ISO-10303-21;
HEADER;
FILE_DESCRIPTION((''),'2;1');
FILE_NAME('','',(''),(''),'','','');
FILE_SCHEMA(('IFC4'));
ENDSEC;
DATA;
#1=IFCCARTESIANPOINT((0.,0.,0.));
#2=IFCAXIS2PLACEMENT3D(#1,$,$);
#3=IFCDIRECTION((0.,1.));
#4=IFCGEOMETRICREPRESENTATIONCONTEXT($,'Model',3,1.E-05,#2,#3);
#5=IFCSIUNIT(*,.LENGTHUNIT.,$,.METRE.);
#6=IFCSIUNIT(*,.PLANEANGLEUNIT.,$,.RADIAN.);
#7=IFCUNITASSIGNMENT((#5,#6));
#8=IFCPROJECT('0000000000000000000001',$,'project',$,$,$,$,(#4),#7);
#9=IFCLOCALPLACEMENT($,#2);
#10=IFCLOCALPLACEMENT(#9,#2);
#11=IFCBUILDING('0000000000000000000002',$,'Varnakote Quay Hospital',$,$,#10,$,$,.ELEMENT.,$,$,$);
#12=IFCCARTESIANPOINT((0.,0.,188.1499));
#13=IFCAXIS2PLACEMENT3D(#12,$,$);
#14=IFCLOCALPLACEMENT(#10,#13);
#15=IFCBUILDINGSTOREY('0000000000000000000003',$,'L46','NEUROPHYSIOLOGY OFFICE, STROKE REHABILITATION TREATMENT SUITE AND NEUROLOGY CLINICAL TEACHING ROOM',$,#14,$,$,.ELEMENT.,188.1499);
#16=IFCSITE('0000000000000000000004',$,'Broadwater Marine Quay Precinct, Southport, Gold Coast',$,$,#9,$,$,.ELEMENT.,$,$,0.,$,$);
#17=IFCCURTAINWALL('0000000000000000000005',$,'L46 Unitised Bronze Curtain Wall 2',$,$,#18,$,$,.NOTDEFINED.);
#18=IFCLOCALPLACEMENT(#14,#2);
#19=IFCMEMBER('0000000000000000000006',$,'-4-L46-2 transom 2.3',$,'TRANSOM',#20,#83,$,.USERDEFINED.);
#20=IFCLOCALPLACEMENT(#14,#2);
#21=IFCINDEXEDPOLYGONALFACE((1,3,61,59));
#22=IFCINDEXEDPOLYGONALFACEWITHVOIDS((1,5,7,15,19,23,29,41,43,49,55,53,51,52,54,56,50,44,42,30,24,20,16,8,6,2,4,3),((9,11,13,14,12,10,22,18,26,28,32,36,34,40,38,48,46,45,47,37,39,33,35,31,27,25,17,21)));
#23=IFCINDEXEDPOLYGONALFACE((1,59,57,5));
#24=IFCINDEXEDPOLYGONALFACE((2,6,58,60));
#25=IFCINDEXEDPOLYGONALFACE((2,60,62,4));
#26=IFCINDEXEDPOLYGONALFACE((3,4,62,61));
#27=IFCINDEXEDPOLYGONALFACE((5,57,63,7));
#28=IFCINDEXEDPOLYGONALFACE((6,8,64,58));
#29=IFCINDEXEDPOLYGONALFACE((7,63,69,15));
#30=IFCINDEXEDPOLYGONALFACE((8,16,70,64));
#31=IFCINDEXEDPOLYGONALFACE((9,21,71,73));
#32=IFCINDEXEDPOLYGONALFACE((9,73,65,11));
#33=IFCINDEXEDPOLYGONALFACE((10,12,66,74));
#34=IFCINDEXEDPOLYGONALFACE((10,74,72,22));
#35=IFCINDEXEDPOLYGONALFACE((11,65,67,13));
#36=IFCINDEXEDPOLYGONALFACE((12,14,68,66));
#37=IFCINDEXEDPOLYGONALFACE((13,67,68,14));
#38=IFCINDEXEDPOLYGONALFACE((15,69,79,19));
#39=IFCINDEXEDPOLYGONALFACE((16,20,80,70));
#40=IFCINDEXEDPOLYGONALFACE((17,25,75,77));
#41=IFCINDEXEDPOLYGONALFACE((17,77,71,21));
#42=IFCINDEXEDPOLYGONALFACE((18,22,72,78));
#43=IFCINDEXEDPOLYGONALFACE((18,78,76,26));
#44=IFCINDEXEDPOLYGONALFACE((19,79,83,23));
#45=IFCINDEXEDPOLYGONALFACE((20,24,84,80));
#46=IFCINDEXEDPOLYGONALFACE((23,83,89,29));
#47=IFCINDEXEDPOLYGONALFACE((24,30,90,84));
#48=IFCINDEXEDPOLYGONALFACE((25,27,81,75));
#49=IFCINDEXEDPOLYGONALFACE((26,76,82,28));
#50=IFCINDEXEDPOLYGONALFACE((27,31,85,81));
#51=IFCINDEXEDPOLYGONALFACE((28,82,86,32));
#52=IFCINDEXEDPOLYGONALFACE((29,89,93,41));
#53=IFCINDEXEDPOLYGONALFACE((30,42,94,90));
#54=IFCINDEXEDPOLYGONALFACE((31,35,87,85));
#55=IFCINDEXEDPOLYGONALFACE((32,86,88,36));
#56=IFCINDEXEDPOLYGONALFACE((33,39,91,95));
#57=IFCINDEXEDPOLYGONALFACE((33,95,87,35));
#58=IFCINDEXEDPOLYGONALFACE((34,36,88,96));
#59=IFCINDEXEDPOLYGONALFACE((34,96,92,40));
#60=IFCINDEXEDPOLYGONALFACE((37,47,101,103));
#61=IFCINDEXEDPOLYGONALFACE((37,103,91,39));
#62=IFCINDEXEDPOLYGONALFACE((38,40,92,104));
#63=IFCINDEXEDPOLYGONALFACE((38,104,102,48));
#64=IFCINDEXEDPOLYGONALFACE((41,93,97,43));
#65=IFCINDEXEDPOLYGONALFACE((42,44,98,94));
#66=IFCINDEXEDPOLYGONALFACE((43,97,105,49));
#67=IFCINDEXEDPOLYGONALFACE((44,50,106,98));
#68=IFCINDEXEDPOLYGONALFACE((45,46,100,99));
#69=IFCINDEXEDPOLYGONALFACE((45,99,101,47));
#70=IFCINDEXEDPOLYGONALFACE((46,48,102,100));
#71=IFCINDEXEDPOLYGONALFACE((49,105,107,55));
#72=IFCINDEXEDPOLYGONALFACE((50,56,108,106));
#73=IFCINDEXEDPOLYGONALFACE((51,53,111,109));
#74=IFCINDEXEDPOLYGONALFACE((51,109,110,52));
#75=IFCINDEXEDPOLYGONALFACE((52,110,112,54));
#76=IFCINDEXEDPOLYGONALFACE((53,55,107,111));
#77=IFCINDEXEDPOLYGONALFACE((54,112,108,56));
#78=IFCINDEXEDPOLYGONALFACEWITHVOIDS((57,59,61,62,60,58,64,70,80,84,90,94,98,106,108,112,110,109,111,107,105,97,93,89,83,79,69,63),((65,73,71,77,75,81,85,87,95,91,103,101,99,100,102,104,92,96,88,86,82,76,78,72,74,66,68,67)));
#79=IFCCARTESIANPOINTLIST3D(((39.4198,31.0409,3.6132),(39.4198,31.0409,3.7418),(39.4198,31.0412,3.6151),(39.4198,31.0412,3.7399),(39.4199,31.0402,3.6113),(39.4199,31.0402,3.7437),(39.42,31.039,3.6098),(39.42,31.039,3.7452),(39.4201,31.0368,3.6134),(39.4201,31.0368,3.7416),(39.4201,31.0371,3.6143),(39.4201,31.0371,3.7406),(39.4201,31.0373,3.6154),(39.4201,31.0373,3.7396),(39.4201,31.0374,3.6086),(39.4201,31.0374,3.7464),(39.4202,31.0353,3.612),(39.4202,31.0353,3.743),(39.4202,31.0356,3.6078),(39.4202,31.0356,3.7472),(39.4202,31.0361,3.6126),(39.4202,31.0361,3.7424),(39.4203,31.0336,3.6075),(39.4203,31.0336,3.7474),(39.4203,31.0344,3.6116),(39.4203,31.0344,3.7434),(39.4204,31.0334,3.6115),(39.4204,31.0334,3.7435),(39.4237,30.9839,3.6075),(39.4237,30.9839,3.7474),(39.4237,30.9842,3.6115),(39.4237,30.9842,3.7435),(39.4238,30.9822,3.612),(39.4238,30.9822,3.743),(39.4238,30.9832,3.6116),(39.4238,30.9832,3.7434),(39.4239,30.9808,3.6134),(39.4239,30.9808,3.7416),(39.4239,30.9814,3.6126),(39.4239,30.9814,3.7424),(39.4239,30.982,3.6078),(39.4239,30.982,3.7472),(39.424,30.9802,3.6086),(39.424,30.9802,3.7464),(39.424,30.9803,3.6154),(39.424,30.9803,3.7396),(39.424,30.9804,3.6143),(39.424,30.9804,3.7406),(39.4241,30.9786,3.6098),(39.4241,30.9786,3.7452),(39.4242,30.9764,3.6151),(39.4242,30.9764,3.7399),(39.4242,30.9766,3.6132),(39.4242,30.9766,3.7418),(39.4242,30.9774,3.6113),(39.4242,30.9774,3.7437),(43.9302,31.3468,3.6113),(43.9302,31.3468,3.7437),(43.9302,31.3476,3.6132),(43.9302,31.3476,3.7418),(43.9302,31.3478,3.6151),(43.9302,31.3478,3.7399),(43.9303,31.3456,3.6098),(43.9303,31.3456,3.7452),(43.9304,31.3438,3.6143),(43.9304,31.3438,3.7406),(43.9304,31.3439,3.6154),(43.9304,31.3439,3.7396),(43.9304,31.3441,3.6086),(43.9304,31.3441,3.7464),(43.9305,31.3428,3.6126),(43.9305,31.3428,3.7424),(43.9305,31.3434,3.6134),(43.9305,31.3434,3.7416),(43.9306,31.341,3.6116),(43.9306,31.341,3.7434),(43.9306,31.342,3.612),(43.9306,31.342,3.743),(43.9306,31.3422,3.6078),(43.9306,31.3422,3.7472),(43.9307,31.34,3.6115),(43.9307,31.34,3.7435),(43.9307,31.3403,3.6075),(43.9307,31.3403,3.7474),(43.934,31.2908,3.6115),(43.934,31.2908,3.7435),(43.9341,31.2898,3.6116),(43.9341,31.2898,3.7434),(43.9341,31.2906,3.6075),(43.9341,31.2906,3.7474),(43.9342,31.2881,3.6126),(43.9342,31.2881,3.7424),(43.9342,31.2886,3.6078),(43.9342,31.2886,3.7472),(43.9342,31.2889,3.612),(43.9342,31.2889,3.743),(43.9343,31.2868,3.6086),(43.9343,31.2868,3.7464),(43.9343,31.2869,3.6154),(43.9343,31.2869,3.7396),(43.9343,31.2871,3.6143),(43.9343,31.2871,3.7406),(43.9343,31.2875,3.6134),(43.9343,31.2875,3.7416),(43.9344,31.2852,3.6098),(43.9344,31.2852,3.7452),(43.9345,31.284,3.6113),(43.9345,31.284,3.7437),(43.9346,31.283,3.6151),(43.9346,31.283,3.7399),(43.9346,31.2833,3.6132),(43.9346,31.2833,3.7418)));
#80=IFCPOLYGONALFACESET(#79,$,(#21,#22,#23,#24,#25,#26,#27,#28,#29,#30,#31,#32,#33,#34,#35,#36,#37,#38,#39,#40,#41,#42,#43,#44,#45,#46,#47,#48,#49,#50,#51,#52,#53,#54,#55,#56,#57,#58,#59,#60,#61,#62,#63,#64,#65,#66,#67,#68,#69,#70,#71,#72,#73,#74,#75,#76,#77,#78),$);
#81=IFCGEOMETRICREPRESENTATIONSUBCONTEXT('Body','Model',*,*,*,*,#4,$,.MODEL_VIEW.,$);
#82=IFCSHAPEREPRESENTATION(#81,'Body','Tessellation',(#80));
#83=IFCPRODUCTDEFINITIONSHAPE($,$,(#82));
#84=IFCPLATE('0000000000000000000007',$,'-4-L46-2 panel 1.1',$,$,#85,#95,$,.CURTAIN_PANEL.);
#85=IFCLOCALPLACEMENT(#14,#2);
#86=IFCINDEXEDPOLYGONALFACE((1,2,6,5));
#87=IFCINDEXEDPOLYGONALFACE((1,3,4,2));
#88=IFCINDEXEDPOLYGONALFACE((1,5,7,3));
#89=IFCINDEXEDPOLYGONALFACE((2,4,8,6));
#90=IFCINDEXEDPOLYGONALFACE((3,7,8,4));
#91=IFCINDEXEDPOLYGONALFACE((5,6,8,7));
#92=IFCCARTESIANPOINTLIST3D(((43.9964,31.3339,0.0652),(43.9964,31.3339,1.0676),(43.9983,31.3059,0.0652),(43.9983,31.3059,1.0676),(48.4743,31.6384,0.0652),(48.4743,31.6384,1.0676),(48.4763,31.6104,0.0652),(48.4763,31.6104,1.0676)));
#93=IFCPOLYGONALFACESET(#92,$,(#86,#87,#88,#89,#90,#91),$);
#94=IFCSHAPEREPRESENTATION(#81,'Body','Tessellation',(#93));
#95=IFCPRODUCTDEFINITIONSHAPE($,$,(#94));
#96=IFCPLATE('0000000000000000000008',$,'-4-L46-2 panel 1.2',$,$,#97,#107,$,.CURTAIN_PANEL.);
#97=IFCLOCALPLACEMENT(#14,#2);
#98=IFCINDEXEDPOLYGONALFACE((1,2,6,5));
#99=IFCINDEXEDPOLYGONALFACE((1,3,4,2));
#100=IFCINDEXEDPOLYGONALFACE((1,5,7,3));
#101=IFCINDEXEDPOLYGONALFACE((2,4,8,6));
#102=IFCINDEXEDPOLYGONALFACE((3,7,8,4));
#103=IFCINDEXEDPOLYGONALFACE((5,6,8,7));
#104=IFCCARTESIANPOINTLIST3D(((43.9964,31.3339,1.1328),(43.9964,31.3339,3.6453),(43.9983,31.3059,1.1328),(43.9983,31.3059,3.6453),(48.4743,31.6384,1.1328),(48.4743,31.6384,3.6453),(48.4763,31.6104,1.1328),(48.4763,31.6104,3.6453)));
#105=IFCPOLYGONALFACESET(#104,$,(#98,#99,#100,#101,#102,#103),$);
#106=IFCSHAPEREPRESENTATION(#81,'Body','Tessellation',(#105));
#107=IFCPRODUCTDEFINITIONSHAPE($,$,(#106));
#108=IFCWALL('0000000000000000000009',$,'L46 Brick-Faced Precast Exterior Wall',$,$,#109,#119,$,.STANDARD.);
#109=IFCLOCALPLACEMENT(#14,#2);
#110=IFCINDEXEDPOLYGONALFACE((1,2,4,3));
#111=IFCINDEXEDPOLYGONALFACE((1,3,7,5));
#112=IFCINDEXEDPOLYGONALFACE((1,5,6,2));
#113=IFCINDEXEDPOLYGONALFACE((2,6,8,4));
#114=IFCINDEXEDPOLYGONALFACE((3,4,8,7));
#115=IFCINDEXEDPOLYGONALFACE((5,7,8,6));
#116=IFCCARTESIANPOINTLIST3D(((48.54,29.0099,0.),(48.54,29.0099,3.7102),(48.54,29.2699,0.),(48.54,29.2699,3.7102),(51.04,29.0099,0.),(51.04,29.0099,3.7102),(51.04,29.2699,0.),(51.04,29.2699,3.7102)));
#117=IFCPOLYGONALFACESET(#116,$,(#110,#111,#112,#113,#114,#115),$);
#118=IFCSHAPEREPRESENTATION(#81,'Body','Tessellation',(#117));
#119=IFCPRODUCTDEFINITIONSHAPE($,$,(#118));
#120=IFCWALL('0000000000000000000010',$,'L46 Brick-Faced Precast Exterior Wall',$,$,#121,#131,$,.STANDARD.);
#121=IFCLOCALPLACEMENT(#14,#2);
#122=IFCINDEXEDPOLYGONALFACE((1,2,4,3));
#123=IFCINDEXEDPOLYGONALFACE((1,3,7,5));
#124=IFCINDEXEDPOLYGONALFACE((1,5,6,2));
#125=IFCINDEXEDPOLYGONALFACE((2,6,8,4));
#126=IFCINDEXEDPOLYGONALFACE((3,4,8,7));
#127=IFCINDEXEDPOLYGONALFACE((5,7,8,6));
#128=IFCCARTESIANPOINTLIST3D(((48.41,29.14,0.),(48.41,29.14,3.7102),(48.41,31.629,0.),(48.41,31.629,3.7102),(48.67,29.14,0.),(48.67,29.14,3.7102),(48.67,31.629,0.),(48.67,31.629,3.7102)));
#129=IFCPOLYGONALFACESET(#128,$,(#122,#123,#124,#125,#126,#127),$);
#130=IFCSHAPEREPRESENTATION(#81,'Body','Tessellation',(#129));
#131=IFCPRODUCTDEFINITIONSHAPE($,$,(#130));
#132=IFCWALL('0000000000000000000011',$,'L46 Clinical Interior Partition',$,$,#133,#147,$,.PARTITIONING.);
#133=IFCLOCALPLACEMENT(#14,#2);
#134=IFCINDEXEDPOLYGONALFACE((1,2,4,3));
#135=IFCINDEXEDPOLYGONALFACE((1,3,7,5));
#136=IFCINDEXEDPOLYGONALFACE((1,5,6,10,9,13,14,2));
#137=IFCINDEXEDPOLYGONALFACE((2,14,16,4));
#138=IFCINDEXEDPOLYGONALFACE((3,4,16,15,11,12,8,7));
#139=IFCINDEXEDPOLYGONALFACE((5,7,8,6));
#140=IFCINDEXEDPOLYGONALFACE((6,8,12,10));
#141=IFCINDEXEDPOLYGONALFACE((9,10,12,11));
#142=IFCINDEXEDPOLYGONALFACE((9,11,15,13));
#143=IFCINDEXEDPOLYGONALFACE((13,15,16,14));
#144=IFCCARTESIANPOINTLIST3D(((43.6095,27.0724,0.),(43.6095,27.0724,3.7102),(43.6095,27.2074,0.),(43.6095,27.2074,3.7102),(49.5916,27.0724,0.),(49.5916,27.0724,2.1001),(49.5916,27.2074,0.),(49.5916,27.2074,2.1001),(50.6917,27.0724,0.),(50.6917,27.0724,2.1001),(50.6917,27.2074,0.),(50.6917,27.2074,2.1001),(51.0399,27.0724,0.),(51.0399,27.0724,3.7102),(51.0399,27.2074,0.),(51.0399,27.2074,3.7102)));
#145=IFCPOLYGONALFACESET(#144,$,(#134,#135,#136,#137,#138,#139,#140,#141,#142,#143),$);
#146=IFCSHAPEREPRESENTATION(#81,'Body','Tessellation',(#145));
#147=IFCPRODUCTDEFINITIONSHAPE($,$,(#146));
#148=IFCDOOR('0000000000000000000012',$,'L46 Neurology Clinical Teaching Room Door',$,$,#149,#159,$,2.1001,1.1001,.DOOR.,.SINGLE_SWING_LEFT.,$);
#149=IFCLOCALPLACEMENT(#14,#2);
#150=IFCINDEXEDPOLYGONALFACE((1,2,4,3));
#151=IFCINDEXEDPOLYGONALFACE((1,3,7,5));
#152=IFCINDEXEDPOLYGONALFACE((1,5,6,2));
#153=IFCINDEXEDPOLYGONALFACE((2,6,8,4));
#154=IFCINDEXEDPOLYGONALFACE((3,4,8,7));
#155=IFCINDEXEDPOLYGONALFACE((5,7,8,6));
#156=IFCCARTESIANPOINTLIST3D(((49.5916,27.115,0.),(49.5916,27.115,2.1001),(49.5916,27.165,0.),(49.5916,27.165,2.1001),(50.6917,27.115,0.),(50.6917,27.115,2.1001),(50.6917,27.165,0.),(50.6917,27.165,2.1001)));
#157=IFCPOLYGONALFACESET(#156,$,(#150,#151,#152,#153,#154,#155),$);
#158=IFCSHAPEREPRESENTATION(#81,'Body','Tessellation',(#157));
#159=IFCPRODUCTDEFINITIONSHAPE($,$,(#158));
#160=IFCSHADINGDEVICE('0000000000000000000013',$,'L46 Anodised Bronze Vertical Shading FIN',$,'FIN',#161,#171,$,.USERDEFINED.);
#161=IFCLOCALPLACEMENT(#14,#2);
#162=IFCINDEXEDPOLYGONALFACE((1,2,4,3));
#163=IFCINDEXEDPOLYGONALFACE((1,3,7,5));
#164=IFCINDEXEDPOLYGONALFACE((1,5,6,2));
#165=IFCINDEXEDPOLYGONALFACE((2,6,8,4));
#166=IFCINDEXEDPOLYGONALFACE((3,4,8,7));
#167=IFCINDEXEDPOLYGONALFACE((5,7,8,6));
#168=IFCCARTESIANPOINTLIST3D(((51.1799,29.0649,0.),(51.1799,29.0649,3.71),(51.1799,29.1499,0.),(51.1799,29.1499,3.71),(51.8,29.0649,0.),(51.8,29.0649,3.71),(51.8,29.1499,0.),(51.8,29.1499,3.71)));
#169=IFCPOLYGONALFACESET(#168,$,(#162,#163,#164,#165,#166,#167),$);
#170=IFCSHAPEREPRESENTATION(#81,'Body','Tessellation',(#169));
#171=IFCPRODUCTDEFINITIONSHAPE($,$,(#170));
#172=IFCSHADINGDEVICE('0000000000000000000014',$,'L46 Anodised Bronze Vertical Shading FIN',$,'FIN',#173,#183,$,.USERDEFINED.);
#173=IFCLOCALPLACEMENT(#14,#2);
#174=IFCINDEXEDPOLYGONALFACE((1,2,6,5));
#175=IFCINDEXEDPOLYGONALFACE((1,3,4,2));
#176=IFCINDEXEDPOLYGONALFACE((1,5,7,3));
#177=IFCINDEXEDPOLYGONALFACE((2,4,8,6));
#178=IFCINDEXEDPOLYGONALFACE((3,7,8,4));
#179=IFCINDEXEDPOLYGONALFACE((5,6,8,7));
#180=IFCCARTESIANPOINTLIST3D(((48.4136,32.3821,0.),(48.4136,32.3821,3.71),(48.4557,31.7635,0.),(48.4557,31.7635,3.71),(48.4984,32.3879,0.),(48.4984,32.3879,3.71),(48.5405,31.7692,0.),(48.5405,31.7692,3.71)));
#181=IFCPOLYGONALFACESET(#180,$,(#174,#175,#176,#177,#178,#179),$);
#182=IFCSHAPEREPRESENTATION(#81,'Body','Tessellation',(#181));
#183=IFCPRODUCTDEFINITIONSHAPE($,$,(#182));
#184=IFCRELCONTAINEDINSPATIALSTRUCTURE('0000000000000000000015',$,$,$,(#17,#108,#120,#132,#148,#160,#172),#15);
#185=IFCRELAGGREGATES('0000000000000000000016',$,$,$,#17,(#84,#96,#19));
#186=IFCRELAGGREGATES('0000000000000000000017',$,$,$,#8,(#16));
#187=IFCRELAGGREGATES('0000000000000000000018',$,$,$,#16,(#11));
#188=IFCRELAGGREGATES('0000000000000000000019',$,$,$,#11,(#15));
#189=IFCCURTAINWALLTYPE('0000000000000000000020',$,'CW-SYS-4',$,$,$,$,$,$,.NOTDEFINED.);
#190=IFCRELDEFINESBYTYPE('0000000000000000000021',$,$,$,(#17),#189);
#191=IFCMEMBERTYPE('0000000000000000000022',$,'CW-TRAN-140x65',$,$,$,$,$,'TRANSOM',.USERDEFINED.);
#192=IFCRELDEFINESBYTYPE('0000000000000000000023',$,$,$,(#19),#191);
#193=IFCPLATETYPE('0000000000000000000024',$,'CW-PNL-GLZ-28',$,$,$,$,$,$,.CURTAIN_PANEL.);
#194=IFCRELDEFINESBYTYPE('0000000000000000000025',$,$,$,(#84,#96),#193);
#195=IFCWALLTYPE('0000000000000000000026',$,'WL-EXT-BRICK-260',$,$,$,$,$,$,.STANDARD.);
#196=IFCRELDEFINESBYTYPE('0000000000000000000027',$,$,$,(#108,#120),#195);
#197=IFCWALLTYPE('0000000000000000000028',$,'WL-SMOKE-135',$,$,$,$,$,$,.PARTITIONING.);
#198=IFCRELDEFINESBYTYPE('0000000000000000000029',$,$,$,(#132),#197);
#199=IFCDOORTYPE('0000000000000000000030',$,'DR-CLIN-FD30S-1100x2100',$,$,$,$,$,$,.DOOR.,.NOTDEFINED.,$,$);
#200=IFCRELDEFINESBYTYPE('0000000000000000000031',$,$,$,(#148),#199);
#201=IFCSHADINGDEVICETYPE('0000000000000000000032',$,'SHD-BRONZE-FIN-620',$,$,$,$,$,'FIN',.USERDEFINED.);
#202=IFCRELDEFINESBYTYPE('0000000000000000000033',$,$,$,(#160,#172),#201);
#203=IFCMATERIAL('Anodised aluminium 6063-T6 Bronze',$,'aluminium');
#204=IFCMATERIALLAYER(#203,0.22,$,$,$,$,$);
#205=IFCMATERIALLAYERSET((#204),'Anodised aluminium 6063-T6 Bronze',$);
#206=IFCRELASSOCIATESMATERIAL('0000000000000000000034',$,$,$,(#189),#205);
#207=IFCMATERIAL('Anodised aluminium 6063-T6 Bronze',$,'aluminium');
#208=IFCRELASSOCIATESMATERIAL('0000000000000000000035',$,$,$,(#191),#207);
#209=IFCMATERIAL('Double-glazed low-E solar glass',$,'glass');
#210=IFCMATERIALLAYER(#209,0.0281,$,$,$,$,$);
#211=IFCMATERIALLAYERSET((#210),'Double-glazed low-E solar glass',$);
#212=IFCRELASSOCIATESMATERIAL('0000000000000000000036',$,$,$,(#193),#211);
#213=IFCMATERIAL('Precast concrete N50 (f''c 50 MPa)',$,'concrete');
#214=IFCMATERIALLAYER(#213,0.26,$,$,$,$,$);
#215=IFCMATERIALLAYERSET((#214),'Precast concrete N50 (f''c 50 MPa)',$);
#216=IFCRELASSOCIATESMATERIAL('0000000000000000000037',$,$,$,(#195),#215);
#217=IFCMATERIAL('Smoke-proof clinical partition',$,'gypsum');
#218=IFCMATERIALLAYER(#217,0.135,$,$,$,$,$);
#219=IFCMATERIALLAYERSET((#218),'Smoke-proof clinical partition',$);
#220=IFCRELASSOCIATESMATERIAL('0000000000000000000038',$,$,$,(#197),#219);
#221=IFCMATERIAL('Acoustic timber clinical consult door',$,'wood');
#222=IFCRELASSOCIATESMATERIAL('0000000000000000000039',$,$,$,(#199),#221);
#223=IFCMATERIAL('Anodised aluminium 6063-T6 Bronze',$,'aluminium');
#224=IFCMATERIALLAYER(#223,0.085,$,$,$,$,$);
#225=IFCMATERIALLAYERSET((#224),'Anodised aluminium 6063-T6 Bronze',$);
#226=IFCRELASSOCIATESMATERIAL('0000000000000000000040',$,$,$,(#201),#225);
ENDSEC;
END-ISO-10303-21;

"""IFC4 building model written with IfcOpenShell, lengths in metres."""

from ifc_helpers import new_model, si_unit, direction, frame, frame_2d, origin, origin_2d, place, context, subcontext, project, spatial, rectangle, hollow_rectangle, extrude, material, layer, layer_set, material_profile, profile_set, type_object, element, fill, aggregate, save


model = new_model("IFC4")

# Units and contexts
model_context = context("Model", 3, precision=1e-05, world=origin(), true_north=direction((0.0, 1.0)))
body_context = subcontext(model_context, "Body", "Model", "MODEL_VIEW")
ifc_project = project(units=[si_unit("LENGTHUNIT", "METRE"), si_unit("PLANEANGLEUNIT", "RADIAN")], contexts=[model_context])

# Site, building, storey
site_placement = place(None, origin())
site = spatial("IfcSite", under=ifc_project, at=site_placement, Name="Broadwater Marine Quay Precinct, Southport, Gold Coast", CompositionType="ELEMENT", RefElevation=0.0)
building_placement = place(site_placement, origin())
building = spatial("IfcBuilding", under=site, at=building_placement, Name="Varnakote Quay Hospital", CompositionType="ELEMENT")
storey_placement = place(building_placement, frame((0.0, 0.0, 188.1499)))
storey = spatial("IfcBuildingStorey", under=building, at=storey_placement, Name="L46", Description="NEUROPHYSIOLOGY OFFICE, STROKE REHABILITATION TREATMENT SUITE AND NEUROLOGY CLINICAL TEACHING ROOM", CompositionType="ELEMENT", Elevation=188.1499)

# Shared definitions
ifc_material_1 = material(Name="Anodised aluminium 6063-T6 Bronze", Category="aluminium")
ifc_layer_1 = layer(ifc_material_1, 0.22)
ifc_layer_set_1 = layer_set([ifc_layer_1], Name="Anodised aluminium 6063-T6 Bronze")
curtain_wall_type = type_object("IfcCurtainWallType", Name="CW-SYS-4", PredefinedType="NOTDEFINED", material=ifc_layer_set_1)

# Curtain wall, member, plates
curtain_wall_1_placement = place(storey_placement, origin())
curtain_wall_1 = element("IfcCurtainWall", 1, at=curtain_wall_1_placement, inside=storey, type_object=curtain_wall_type, Name="L46 Unitised Bronze Curtain Wall 2", PredefinedType="NOTDEFINED")
ifc_material_2 = material(Name="Anodised aluminium 6063-T6 Bronze", Category="aluminium")
ifc_material_profile_1 = material_profile(ifc_material_2, hollow_rectangle(XDim=0.0649, YDim=0.1399, WallThickness=0.0039, InnerFilletRadius=0.0039, OuterFilletRadius=0.0076, at=origin_2d()), Name="CW-TRAN-140x65")
ifc_profile_set_1 = profile_set([ifc_material_profile_1], Name="Anodised aluminium 6063-T6 Bronze")
member_type_1 = type_object("IfcMemberType", Name="CW-TRAN-140x65", ElementType="TRANSOM", PredefinedType="USERDEFINED", material=ifc_profile_set_1)
member_1_placement = place(storey_placement, frame((43.9324, 31.3154, 3.6775), z_axis=(-0.997697, -0.067831, 0.0), x_axis=(0.067831, -0.997697, 0.0)))
member_1 = element("IfcMember", 2, at=member_1_placement, type_object=member_type_1, Name="-4-L46-2 transom 2.3", ObjectType="TRANSOM", PredefinedType="USERDEFINED", context=body_context, shape_type="SweptSolid", body=[
    extrude(hollow_rectangle(XDim=0.0649, YDim=0.1399, WallThickness=0.0039, InnerFilletRadius=0.0039, OuterFilletRadius=0.0076, at=origin_2d()), origin(), (0.0, 0.0, 1.0), 4.5208),
])
ifc_material_3 = material(Name="Double-glazed low-E solar glass", Category="glass")
ifc_layer_2 = layer(ifc_material_3, 0.0281)
ifc_layer_set_2 = layer_set([ifc_layer_2], Name="Double-glazed low-E solar glass")
plate_type = type_object("IfcPlateType", Name="CW-PNL-GLZ-28", PredefinedType="CURTAIN_PANEL", material=ifc_layer_set_2)
plate_1_placement = place(storey_placement, frame((46.2363, 31.4722, 0.0652), z_axis=(0.0, 0.0, 1.0), x_axis=(-0.997696, -0.067842, 0.0)))
plate_1 = element("IfcPlate", 3, at=plate_1_placement, type_object=plate_type, Name="-4-L46-2 panel 1.1", PredefinedType="CURTAIN_PANEL", context=body_context, shape_type="SweptSolid", body=[
    extrude(rectangle(XDim=4.4883, YDim=0.0281, at=origin_2d()), origin(), (0.0, 0.0, 1.0), 1.0024),
])
plate_2_placement = place(storey_placement, frame((46.2363, 31.4722, 1.1328), z_axis=(0.0, 0.0, 1.0), x_axis=(-0.997696, -0.067842, 0.0)))
plate_2 = element("IfcPlate", 4, at=plate_2_placement, type_object=plate_type, Name="-4-L46-2 panel 1.2", PredefinedType="CURTAIN_PANEL", context=body_context, shape_type="SweptSolid", body=[
    extrude(rectangle(XDim=4.4883, YDim=0.0281, at=origin_2d()), origin(), (0.0, 0.0, 1.0), 2.5125),
])
aggregate(curtain_wall_1, [plate_1, plate_2, member_1])

# Walls
ifc_material_4 = material(Name="Precast concrete N50 (f'c 50 MPa)", Category="concrete")
ifc_layer_3 = layer(ifc_material_4, 0.26)
ifc_layer_set_3 = layer_set([ifc_layer_3], Name="Precast concrete N50 (f'c 50 MPa)")
wall_type_1 = type_object("IfcWallType", Name="WL-EXT-BRICK-260", PredefinedType="STANDARD", material=ifc_layer_set_3)
wall_1_placement = place(storey_placement, frame((51.04, 29.1399, 0.0), z_axis=(0.0, 0.0, 1.0), x_axis=(-1.0, 0.0, 0.0)))
element("IfcWall", 5, at=wall_1_placement, inside=storey, type_object=wall_type_1, Name="L46 Brick-Faced Precast Exterior Wall", PredefinedType="STANDARD", context=body_context, shape_type="SweptSolid", body=[
    extrude(rectangle(XDim=2.5, YDim=0.26, at=frame_2d((1.25, 0.0))), origin(), (0.0, 0.0, 1.0), 3.7102),
])
wall_2_placement = place(storey_placement, frame((48.54, 29.1399, 0.0), z_axis=(0.0, 0.0, 1.0), x_axis=(0.0, 1.0, 0.0)))
element("IfcWall", 6, at=wall_2_placement, inside=storey, type_object=wall_type_1, Name="L46 Brick-Faced Precast Exterior Wall", PredefinedType="STANDARD", context=body_context, shape_type="SweptSolid", body=[
    extrude(rectangle(XDim=2.489, YDim=0.26, at=frame_2d((1.2446, 0.0))), origin(), (0.0, 0.0, 1.0), 3.7102),
])

# Wall, opening, door
ifc_material_5 = material(Name="Smoke-proof clinical partition", Category="gypsum")
ifc_layer_4 = layer(ifc_material_5, 0.135)
ifc_layer_set_4 = layer_set([ifc_layer_4], Name="Smoke-proof clinical partition")
wall_type_2 = type_object("IfcWallType", Name="WL-SMOKE-135", PredefinedType="PARTITIONING", material=ifc_layer_set_4)
wall_3_placement = place(storey_placement, frame((51.04, 27.1399, 0.0), z_axis=(0.0, 0.0, 1.0), x_axis=(-1.0, 0.0, 0.0)))
wall_3 = element("IfcWall", 7, at=wall_3_placement, inside=storey, type_object=wall_type_2, Name="L46 Clinical Interior Partition", PredefinedType="PARTITIONING", context=body_context, shape_type="SweptSolid", body=[
    extrude(rectangle(XDim=7.4304, YDim=0.135, at=frame_2d((3.7153, 0.0))), origin(), (0.0, 0.0, 1.0), 3.7102),
])
opening_placement = place(wall_3_placement, frame((0.3484, 0.0, 0.0)))
opening = element("IfcOpeningElement", 8, at=opening_placement, cuts=wall_3, PredefinedType="OPENING", context=body_context, shape_type="SweptSolid", body=[
    extrude(rectangle(XDim=1.1001, YDim=2.1001, at=frame_2d((0.55, 1.05))), frame((0.0, 0.0774, 0.0), z_axis=(0.0, -1.0, 0.0), x_axis=(1.0, 0.0, 0.0)), (0.0, 0.0, 1.0), 0.155),
])
ifc_material_6 = material(Name="Acoustic timber clinical consult door", Category="wood")
door_type = type_object("IfcDoorType", Name="DR-CLIN-FD30S-1100x2100", OperationType="NOTDEFINED", PredefinedType="DOOR", material=ifc_material_6)
door_placement = place(opening_placement, origin())
door = element("IfcDoor", 9, at=door_placement, inside=storey, type_object=door_type, Name="L46 Neurology Clinical Teaching Room Door", OperationType="SINGLE_SWING_LEFT", OverallHeight=2.1001, OverallWidth=1.1001, PredefinedType="DOOR", context=body_context, shape_type="SweptSolid", body=[
    extrude(rectangle(XDim=1.1001, YDim=2.1001, at=frame_2d((0.55, 1.05))), frame((0.0, 0.0249, 0.0), z_axis=(0.0, -1.0, 0.0), x_axis=(1.0, 0.0, 0.0)), (0.0, 0.0, 1.0), 0.05),
])
fill(opening, door)

# Shading devices
ifc_material_7 = material(Name="Anodised aluminium 6063-T6 Bronze", Category="aluminium")
ifc_layer_5 = layer(ifc_material_7, 0.085)
ifc_layer_set_5 = layer_set([ifc_layer_5], Name="Anodised aluminium 6063-T6 Bronze")
shading_device_type = type_object("IfcShadingDeviceType", Name="SHD-BRONZE-FIN-620", ElementType="FIN", PredefinedType="USERDEFINED", material=ifc_layer_set_5)
for number, where, z_axis, x_axis, name in (
    (10, (51.49, 29.1074, 0.0), (0.0, 0.0, 1.0), (-1.0, 0.0, 0.0), "L46 Anodised Bronze Vertical Shading FIN"),
    (11, (48.4771, 32.0757, 0.0), (0.0, 0.0, 1.0), (0.067841, -0.997696, 0.0), "L46 Anodised Bronze Vertical Shading FIN"),
):
    element("IfcShadingDevice", number, at=place(storey_placement, frame(where, z_axis=z_axis, x_axis=x_axis)), inside=storey, type_object=shading_device_type, Name=name, ObjectType="FIN", PredefinedType="USERDEFINED", context=body_context, shape_type="SweptSolid", body=[
        extrude(rectangle(XDim=0.6201, YDim=0.085, at=origin_2d()), origin(), (0.0, 0.0, 1.0), 3.71),
    ])

save(model, "model.ifc")
